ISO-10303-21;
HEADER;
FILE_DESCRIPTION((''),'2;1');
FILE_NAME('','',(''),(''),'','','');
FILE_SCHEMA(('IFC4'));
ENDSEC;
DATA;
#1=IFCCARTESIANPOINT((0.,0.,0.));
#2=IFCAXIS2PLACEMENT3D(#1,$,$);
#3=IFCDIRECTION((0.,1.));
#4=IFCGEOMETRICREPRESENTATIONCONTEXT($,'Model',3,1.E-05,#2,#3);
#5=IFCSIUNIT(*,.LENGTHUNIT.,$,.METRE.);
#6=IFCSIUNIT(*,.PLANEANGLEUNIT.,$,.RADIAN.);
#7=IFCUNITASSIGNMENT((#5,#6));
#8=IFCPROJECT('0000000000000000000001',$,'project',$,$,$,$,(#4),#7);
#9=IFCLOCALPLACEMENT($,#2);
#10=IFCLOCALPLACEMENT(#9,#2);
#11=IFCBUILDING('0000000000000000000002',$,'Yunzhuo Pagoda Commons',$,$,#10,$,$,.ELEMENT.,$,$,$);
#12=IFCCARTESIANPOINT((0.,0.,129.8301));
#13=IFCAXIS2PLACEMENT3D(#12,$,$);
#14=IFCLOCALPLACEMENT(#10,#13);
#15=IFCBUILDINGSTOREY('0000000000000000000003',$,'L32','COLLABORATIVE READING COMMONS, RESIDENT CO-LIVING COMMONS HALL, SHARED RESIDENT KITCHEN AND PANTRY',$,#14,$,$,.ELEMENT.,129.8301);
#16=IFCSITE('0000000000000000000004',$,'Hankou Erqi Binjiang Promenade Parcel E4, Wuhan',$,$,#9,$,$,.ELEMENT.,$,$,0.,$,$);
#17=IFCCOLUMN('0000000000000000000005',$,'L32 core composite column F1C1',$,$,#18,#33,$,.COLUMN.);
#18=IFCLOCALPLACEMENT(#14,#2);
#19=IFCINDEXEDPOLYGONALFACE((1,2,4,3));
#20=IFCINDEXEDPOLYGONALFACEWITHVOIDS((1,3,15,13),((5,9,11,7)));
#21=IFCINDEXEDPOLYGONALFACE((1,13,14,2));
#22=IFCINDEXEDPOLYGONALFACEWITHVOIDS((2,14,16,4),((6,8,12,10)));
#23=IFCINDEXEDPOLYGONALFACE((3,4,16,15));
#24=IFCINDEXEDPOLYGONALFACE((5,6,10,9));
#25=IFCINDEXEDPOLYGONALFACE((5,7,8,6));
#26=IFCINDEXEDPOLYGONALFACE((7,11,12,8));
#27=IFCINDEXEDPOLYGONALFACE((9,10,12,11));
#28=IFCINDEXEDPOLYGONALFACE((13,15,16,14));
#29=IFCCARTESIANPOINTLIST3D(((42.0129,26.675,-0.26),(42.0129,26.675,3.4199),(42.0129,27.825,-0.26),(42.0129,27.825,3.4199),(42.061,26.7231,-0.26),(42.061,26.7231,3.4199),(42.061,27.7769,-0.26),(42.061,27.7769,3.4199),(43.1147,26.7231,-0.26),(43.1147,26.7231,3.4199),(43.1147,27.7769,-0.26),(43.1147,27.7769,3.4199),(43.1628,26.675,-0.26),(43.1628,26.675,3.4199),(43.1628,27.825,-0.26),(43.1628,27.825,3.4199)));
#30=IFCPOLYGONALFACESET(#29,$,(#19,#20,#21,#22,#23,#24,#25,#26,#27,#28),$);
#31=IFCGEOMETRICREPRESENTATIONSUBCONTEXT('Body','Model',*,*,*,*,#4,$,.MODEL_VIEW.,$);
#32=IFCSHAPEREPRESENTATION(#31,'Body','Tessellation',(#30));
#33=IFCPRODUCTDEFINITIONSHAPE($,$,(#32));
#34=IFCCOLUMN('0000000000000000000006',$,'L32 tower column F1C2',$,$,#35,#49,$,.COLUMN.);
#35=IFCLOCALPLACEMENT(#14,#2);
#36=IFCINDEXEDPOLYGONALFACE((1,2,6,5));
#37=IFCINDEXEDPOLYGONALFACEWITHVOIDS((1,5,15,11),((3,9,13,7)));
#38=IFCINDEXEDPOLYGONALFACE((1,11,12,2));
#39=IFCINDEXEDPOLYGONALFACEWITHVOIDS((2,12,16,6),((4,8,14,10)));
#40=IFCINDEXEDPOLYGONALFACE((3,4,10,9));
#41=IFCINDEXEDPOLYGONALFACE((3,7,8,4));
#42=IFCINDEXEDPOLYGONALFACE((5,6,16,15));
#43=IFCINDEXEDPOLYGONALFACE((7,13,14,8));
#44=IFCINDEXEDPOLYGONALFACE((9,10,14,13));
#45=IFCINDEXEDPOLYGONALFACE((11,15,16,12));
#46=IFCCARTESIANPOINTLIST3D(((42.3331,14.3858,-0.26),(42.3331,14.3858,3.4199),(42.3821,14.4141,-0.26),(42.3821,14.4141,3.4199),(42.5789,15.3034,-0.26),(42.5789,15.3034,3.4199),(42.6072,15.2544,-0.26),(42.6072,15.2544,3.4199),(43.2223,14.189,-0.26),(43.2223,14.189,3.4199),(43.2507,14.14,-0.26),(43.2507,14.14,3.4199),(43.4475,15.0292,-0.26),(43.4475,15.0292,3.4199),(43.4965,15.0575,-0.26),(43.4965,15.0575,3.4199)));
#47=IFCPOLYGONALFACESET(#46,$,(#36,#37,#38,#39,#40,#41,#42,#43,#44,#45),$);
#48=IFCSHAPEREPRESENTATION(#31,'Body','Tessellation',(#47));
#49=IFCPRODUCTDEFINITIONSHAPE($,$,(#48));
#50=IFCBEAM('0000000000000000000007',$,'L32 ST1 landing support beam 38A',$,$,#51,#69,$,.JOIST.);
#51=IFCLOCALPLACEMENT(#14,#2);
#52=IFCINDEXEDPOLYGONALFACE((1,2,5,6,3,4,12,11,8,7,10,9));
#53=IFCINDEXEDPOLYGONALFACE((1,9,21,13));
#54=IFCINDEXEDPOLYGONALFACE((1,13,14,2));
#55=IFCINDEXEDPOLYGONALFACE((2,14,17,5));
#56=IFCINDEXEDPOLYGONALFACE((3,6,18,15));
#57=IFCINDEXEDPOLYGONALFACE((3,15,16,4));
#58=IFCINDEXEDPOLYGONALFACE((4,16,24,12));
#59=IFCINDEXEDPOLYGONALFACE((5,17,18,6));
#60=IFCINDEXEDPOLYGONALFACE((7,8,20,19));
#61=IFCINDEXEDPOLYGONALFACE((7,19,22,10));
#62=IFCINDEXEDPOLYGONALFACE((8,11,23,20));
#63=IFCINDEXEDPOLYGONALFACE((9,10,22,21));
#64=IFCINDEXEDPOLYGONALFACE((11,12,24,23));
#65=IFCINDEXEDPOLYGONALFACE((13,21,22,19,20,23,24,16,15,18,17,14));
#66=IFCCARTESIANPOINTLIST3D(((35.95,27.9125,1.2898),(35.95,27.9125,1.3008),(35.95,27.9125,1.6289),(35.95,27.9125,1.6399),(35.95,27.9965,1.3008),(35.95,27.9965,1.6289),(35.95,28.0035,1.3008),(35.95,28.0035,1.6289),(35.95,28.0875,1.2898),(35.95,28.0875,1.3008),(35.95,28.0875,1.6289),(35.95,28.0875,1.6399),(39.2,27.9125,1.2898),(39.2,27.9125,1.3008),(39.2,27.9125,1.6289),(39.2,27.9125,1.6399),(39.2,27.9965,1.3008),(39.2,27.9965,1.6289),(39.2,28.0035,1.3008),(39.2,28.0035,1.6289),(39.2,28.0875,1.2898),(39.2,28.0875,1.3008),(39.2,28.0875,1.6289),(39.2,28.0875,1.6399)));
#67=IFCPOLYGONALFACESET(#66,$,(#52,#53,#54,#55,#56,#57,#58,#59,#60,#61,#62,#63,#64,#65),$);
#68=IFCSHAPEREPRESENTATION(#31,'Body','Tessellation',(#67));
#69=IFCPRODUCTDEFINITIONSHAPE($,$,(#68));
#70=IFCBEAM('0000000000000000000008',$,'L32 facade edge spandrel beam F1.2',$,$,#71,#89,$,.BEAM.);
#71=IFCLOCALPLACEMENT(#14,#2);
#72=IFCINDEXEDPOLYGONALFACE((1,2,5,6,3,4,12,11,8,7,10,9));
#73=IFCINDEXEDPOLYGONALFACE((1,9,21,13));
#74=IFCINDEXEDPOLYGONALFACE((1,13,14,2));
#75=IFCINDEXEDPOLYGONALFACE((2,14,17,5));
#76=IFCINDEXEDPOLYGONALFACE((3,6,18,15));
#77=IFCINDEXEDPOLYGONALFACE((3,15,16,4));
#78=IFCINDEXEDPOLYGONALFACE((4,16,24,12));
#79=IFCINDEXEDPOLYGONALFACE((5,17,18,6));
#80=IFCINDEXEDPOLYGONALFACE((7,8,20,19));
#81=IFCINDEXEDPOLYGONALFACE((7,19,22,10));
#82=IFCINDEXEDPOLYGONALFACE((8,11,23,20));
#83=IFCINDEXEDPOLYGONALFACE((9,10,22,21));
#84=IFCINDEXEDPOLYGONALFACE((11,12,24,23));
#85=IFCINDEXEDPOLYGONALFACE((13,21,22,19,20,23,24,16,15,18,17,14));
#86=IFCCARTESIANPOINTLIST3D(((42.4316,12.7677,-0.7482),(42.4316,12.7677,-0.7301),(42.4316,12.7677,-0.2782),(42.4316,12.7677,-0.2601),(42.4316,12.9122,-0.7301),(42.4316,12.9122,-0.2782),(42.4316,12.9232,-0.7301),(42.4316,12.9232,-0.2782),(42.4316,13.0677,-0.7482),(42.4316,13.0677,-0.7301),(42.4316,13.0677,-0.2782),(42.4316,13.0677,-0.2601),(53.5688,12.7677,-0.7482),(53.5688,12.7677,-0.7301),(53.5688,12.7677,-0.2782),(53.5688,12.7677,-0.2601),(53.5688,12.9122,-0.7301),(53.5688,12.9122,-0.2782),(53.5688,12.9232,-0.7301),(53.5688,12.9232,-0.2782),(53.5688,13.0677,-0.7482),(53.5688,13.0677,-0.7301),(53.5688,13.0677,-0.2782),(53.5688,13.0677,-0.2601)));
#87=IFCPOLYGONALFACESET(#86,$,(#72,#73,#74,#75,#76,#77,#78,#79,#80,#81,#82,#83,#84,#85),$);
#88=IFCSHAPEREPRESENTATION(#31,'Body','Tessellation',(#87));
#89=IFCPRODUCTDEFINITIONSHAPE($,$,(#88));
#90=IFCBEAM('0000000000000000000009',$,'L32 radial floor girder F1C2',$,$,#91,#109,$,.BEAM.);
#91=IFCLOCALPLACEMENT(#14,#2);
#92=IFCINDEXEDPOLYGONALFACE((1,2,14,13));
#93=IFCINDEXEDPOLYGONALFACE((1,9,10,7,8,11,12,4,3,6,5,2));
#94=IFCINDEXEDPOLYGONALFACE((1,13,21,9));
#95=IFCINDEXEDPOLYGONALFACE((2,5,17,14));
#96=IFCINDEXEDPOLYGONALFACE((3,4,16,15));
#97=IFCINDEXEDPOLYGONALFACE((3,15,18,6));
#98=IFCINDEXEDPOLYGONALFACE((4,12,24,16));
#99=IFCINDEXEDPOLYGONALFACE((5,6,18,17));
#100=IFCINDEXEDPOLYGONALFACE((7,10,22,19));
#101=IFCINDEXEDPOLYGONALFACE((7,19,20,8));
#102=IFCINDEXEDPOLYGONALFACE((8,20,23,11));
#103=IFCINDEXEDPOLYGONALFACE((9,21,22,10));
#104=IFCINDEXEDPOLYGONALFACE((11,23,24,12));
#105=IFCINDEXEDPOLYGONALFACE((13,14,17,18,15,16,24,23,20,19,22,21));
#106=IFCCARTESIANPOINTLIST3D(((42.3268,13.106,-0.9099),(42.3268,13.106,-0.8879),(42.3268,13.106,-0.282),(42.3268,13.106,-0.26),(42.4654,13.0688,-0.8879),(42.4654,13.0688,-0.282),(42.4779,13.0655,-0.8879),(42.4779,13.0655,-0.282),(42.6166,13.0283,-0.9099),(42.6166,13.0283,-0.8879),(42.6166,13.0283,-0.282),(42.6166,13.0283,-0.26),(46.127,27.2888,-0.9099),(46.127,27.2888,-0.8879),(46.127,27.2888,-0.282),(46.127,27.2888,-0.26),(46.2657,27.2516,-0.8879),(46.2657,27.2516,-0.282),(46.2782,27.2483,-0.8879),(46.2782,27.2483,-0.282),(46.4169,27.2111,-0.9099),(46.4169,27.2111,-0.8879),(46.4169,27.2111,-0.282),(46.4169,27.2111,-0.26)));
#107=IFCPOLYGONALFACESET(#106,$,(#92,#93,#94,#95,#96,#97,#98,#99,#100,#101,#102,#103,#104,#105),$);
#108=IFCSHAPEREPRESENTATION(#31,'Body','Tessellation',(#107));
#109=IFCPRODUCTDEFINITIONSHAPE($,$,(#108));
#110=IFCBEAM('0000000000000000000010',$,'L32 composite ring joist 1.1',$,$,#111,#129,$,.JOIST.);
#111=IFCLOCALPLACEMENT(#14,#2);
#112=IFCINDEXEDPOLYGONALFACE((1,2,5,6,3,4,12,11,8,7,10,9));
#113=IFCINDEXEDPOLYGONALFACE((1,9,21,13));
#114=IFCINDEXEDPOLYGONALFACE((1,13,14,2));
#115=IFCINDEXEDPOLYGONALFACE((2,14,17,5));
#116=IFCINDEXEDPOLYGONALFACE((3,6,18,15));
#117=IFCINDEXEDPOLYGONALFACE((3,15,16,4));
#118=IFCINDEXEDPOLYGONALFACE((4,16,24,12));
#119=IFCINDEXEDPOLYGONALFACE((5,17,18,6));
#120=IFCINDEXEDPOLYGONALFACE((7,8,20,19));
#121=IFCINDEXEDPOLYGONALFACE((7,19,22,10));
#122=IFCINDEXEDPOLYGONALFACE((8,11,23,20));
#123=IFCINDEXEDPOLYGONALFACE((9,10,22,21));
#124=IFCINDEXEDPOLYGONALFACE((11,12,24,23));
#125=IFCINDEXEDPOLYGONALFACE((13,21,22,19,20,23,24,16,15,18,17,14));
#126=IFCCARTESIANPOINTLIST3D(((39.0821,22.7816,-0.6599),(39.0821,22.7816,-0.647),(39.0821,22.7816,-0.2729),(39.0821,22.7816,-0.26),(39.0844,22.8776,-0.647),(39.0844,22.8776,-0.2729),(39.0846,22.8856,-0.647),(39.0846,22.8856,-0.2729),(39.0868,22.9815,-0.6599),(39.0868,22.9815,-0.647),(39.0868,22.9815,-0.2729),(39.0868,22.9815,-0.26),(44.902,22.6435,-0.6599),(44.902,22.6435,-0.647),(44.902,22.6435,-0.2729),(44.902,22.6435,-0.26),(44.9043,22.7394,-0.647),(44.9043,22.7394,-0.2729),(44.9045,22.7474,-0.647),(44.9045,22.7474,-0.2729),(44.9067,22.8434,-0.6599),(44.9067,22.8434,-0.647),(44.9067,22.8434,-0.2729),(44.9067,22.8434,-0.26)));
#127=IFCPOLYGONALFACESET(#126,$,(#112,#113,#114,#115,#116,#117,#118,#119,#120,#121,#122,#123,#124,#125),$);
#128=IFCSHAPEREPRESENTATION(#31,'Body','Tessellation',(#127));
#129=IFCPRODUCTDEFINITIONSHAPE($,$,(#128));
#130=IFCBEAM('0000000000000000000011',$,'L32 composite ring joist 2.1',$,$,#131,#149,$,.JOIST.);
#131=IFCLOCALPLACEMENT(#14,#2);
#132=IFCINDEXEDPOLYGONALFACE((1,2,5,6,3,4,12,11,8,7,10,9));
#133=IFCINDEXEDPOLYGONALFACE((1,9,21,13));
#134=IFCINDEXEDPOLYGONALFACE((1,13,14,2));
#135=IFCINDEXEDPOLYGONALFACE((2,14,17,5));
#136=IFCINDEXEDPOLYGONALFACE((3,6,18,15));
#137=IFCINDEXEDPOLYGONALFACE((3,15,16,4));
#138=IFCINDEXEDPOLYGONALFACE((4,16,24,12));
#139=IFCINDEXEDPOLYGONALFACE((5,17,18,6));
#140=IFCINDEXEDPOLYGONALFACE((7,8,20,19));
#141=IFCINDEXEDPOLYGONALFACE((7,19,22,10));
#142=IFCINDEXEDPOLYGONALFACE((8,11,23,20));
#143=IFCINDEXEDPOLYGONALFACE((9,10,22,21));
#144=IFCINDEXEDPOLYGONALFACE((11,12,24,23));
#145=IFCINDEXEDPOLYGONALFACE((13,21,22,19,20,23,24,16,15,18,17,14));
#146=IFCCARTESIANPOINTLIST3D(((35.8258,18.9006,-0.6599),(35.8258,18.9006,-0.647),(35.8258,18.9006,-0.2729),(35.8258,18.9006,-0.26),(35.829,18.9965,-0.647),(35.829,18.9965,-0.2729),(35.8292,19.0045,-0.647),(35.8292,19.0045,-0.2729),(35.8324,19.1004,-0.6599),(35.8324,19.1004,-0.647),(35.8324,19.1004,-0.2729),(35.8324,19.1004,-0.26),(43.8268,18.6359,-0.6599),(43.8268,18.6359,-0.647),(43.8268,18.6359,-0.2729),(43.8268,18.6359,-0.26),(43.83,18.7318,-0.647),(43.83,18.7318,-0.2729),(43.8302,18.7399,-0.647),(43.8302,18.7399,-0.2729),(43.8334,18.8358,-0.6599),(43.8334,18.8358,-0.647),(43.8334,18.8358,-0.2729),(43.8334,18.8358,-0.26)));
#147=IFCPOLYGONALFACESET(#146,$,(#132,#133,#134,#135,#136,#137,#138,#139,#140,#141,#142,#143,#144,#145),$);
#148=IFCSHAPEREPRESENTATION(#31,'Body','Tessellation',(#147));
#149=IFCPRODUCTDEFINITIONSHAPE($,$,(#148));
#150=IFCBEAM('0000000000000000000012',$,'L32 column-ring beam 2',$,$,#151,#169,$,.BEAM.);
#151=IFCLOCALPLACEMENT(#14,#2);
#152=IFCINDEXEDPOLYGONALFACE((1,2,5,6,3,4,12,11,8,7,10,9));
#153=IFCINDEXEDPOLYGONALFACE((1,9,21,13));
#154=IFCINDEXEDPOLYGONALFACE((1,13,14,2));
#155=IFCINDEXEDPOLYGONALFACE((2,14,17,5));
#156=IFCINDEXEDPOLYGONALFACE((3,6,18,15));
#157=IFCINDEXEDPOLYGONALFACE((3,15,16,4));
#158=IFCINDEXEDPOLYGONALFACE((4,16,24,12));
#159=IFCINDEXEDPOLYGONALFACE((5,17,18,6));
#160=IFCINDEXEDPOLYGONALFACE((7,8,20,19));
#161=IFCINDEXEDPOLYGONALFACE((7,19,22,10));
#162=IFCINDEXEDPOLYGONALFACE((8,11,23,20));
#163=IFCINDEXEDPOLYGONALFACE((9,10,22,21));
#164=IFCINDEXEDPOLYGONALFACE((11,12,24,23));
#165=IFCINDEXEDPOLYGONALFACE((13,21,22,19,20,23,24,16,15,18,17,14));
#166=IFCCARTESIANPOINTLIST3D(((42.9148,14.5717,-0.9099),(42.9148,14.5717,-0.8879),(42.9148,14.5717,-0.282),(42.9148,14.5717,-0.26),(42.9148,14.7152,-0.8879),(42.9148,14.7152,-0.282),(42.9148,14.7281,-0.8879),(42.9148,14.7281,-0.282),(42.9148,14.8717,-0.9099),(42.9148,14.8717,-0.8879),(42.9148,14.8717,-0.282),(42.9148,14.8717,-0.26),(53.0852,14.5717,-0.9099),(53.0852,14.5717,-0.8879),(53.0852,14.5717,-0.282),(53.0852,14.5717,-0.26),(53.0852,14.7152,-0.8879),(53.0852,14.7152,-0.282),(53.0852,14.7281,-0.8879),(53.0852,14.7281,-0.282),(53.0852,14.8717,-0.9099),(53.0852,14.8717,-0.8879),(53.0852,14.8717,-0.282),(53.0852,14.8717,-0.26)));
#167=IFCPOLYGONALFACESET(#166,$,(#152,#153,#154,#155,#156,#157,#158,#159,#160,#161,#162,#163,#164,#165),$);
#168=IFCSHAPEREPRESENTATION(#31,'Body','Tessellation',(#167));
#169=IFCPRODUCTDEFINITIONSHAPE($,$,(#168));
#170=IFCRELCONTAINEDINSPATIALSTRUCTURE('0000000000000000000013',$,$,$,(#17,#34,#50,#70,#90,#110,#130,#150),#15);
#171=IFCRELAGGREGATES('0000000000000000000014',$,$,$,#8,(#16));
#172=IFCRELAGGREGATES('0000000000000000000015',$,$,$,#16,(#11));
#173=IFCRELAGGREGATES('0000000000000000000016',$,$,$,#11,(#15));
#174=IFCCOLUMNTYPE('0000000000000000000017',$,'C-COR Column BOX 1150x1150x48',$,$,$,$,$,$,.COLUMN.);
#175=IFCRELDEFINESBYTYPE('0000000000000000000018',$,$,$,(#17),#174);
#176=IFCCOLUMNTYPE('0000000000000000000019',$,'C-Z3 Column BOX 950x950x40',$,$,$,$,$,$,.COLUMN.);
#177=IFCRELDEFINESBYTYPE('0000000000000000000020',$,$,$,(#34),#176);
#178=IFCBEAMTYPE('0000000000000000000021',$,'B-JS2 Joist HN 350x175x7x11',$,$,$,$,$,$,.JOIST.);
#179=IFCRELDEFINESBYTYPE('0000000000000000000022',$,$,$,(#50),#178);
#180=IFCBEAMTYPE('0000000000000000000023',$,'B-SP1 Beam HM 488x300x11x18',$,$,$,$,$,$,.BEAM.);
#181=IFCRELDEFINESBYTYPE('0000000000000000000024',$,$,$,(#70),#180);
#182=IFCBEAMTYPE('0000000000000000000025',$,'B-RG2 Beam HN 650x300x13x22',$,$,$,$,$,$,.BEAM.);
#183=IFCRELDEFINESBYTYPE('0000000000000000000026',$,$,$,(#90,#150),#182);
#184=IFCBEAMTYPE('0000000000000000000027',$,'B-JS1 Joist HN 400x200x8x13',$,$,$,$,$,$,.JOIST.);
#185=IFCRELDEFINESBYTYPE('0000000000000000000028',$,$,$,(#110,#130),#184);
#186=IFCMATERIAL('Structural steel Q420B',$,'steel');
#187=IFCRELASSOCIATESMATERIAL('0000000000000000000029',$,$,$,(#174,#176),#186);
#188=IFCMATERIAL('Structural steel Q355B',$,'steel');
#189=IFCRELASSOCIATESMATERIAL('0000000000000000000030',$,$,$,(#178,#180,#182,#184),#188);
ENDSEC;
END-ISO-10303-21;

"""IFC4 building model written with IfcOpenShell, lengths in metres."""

from ifc_helpers import new_model, si_unit, direction, frame, origin, origin_2d, place, context, subcontext, project, spatial, hollow_rectangle, i_section, extrude, source, transform, mapped, material, material_profile, profile_set, type_object, element, save


model = new_model("IFC4")

# Units and contexts
model_context = context("Model", 3, precision=1e-05, world=origin(), true_north=direction((0.0, 1.0)))
body_context = subcontext(model_context, "Body", "Model", "MODEL_VIEW")
ifc_project = project(units=[si_unit("LENGTHUNIT", "METRE"), si_unit("PLANEANGLEUNIT", "RADIAN")], contexts=[model_context])

# Site, building, storey
site_placement = place(None, origin())
site = spatial("IfcSite", under=ifc_project, at=site_placement, Name="Hankou Erqi Binjiang Promenade Parcel E4, Wuhan", CompositionType="ELEMENT", RefElevation=0.0)
building_placement = place(site_placement, origin())
building = spatial("IfcBuilding", under=site, at=building_placement, Name="Yunzhuo Pagoda Commons", CompositionType="ELEMENT")
storey_placement = place(building_placement, frame((0.0, 0.0, 129.8301)))
storey = spatial("IfcBuildingStorey", under=building, at=storey_placement, Name="L32", Description="COLLABORATIVE READING COMMONS, RESIDENT CO-LIVING COMMONS HALL, SHARED RESIDENT KITCHEN AND PANTRY", CompositionType="ELEMENT", Elevation=129.8301)

# Columns
ifc_material_1 = material(Name="Structural steel Q420B", Category="steel")
ifc_material_profile_1 = material_profile(ifc_material_1, hollow_rectangle(XDim=1.1499, YDim=1.1499, WallThickness=0.0481, at=origin_2d()), Name="Structural steel Q420B")
ifc_profile_set_1 = profile_set([ifc_material_profile_1], Name="Structural steel Q420B")
column_type_1 = type_object("IfcColumnType", Name="C-COR Column BOX 1150x1150x48", PredefinedType="COLUMN", material=ifc_profile_set_1)
shared_shape_1 = source(origin(), body_context, "Body", "SweptSolid", [
    extrude(hollow_rectangle(XDim=1.1499, YDim=1.1499, WallThickness=0.0481, at=origin_2d()), origin(), (0.0, 0.0, 1.0), 3.6799),
])
column_1_placement = place(storey_placement, frame((42.5879, 27.25, -0.26), z_axis=(0.0, 0.0, 1.0), x_axis=(1.0, 0.0, 0.0)))
element("IfcColumn", 1, at=column_1_placement, inside=storey, type_object=column_type_1, Name="L32 core composite column F1C1", PredefinedType="COLUMN", context=body_context, shape_type="MappedRepresentation", body=[
    mapped(shared_shape_1, transform((0.0, 0.0, 0.0), scale=1.0)),
])
ifc_material_profile_2 = material_profile(ifc_material_1, hollow_rectangle(XDim=0.95, YDim=0.95, WallThickness=0.04, at=origin_2d()), Name="Structural steel Q420B")
ifc_profile_set_2 = profile_set([ifc_material_profile_2], Name="Structural steel Q420B")
column_type_2 = type_object("IfcColumnType", Name="C-Z3 Column BOX 950x950x40", PredefinedType="COLUMN", material=ifc_profile_set_2)
shared_shape_2 = source(origin(), body_context, "Body", "SweptSolid", [
    extrude(hollow_rectangle(XDim=0.95, YDim=0.95, WallThickness=0.04, at=origin_2d()), origin(), (0.0, 0.0, 1.0), 3.6799),
])
column_2_placement = place(storey_placement, frame((42.9148, 14.7217, -0.26), z_axis=(0.0, 0.0, 1.0), x_axis=(0.965926, -0.258819, 0.0)))
element("IfcColumn", 2, at=column_2_placement, inside=storey, type_object=column_type_2, Name="L32 tower column F1C2", PredefinedType="COLUMN", context=body_context, shape_type="MappedRepresentation", body=[
    mapped(shared_shape_2, transform((0.0, 0.0, 0.0), scale=1.0)),
])

# Beams
ifc_material_2 = material(Name="Structural steel Q355B", Category="steel")
ifc_material_profile_3 = material_profile(ifc_material_2, i_section(OverallWidth=0.175, OverallDepth=0.3501, WebThickness=0.0071, FlangeThickness=0.011, at=origin_2d()), Name="Structural steel Q355B")
ifc_profile_set_3 = profile_set([ifc_material_profile_3], Name="Structural steel Q355B")
beam_type_1 = type_object("IfcBeamType", Name="B-JS2 Joist HN 350x175x7x11", PredefinedType="JOIST", material=ifc_profile_set_3)
shared_shape_3 = source(origin(), body_context, "Body", "SweptSolid", [
    extrude(i_section(OverallWidth=0.175, OverallDepth=0.3501, WebThickness=0.0071, FlangeThickness=0.011, at=origin_2d()), origin(), (0.0, 0.0, 1.0), 3.25),
])
beam_1_placement = place(storey_placement, frame((35.95, 28.0, 1.4648), z_axis=(1.0, 0.0, 0.0), x_axis=(0.0, 1.0, 0.0)))
element("IfcBeam", 3, at=beam_1_placement, inside=storey, type_object=beam_type_1, Name="L32 ST1 landing support beam 38A", PredefinedType="JOIST", context=body_context, shape_type="MappedRepresentation", body=[
    mapped(shared_shape_3, transform((0.0, 0.0, 0.0), scale=1.0)),
])
ifc_material_profile_4 = material_profile(ifc_material_2, i_section(OverallWidth=0.3, OverallDepth=0.488, WebThickness=0.011, FlangeThickness=0.0181, at=origin_2d()), Name="Structural steel Q355B")
ifc_profile_set_4 = profile_set([ifc_material_profile_4], Name="Structural steel Q355B")
beam_type_2 = type_object("IfcBeamType", Name="B-SP1 Beam HM 488x300x11x18", PredefinedType="BEAM", material=ifc_profile_set_4)
shared_shape_4 = source(origin(), body_context, "Body", "SweptSolid", [
    extrude(i_section(OverallWidth=0.3, OverallDepth=0.488, WebThickness=0.011, FlangeThickness=0.0181, at=origin_2d()), origin(), (0.0, 0.0, 1.0), 11.1372),
])
beam_2_placement = place(storey_placement, frame((42.4316, 12.9177, -0.5042), z_axis=(1.0, 0.0, 0.0), x_axis=(0.0, 1.0, 0.0)))
element("IfcBeam", 4, at=beam_2_placement, inside=storey, type_object=beam_type_2, Name="L32 facade edge spandrel beam F1.2", PredefinedType="BEAM", context=body_context, shape_type="MappedRepresentation", body=[
    mapped(shared_shape_4, transform((0.0, 0.0, 0.0), scale=1.0)),
])
ifc_material_profile_5 = material_profile(ifc_material_2, i_section(OverallWidth=0.3, OverallDepth=0.6499, WebThickness=0.0129, FlangeThickness=0.022, at=origin_2d()), Name="Structural steel Q355B")
ifc_profile_set_5 = profile_set([ifc_material_profile_5], Name="Structural steel Q355B")
beam_type_3 = type_object("IfcBeamType", Name="B-RG2 Beam HN 650x300x13x22", PredefinedType="BEAM", material=ifc_profile_set_5)
shared_shape_5 = source(origin(), body_context, "Body", "SweptSolid", [
    extrude(i_section(OverallWidth=0.3, OverallDepth=0.6499, WebThickness=0.0129, FlangeThickness=0.022, at=origin_2d()), origin(), (0.0, 0.0, 1.0), 14.6831),
])
beam_3_placement = place(storey_placement, frame((42.4717, 13.0671, -0.585), z_axis=(0.258819, 0.965926, 0.0), x_axis=(-0.965926, 0.258819, 0.0)))
element("IfcBeam", 5, at=beam_3_placement, inside=storey, type_object=beam_type_3, Name="L32 radial floor girder F1C2", PredefinedType="BEAM", context=body_context, shape_type="MappedRepresentation", body=[
    mapped(shared_shape_5, transform((0.0, 0.0, 0.0), scale=1.0)),
])
ifc_material_profile_6 = material_profile(ifc_material_2, i_section(OverallWidth=0.2, OverallDepth=0.3999, WebThickness=0.0081, FlangeThickness=0.0129, at=origin_2d()), Name="Structural steel Q355B")
ifc_profile_set_6 = profile_set([ifc_material_profile_6], Name="Structural steel Q355B")
beam_type_4 = type_object("IfcBeamType", Name="B-JS1 Joist HN 400x200x8x13", PredefinedType="JOIST", material=ifc_profile_set_6)
shared_shape_6 = source(origin(), body_context, "Body", "SweptSolid", [
    extrude(i_section(OverallWidth=0.2, OverallDepth=0.3999, WebThickness=0.0081, FlangeThickness=0.0129, at=origin_2d()), origin(), (0.0, 0.0, 1.0), 5.8215),
])
beam_4_placement = place(storey_placement, frame((39.0845, 22.8816, -0.46), z_axis=(0.999718, -0.023737, 0.0), x_axis=(0.023737, 0.999718, 0.0)))
element("IfcBeam", 6, at=beam_4_placement, inside=storey, type_object=beam_type_4, Name="L32 composite ring joist 1.1", PredefinedType="JOIST", context=body_context, shape_type="MappedRepresentation", body=[
    mapped(shared_shape_6, transform((0.0, 0.0, 0.0), scale=1.0)),
])
shared_shape_7 = source(origin(), body_context, "Body", "SweptSolid", [
    extrude(i_section(OverallWidth=0.2, OverallDepth=0.3999, WebThickness=0.0081, FlangeThickness=0.0129, at=origin_2d()), origin(), (0.0, 0.0, 1.0), 8.0054),
])
beam_5_placement = place(storey_placement, frame((35.8291, 19.0005, -0.46), z_axis=(0.999453, -0.033059, 0.0), x_axis=(0.033059, 0.999453, 0.0)))
element("IfcBeam", 7, at=beam_5_placement, inside=storey, type_object=beam_type_4, Name="L32 composite ring joist 2.1", PredefinedType="JOIST", context=body_context, shape_type="MappedRepresentation", body=[
    mapped(shared_shape_7, transform((0.0, 0.0, 0.0), scale=1.0)),
])
shared_shape_8 = source(origin(), body_context, "Body", "SweptSolid", [
    extrude(i_section(OverallWidth=0.3, OverallDepth=0.6499, WebThickness=0.0129, FlangeThickness=0.022, at=origin_2d()), origin(), (0.0, 0.0, 1.0), 10.1704),
])
beam_6_placement = place(storey_placement, frame((42.9148, 14.7217, -0.585), z_axis=(1.0, 0.0, 0.0), x_axis=(0.0, 1.0, 0.0)))
element("IfcBeam", 8, at=beam_6_placement, inside=storey, type_object=beam_type_3, Name="L32 column-ring beam 2", PredefinedType="BEAM", context=body_context, shape_type="MappedRepresentation", body=[
    mapped(shared_shape_8, transform((0.0, 0.0, 0.0), scale=1.0)),
])

save(model, "model.ifc")
